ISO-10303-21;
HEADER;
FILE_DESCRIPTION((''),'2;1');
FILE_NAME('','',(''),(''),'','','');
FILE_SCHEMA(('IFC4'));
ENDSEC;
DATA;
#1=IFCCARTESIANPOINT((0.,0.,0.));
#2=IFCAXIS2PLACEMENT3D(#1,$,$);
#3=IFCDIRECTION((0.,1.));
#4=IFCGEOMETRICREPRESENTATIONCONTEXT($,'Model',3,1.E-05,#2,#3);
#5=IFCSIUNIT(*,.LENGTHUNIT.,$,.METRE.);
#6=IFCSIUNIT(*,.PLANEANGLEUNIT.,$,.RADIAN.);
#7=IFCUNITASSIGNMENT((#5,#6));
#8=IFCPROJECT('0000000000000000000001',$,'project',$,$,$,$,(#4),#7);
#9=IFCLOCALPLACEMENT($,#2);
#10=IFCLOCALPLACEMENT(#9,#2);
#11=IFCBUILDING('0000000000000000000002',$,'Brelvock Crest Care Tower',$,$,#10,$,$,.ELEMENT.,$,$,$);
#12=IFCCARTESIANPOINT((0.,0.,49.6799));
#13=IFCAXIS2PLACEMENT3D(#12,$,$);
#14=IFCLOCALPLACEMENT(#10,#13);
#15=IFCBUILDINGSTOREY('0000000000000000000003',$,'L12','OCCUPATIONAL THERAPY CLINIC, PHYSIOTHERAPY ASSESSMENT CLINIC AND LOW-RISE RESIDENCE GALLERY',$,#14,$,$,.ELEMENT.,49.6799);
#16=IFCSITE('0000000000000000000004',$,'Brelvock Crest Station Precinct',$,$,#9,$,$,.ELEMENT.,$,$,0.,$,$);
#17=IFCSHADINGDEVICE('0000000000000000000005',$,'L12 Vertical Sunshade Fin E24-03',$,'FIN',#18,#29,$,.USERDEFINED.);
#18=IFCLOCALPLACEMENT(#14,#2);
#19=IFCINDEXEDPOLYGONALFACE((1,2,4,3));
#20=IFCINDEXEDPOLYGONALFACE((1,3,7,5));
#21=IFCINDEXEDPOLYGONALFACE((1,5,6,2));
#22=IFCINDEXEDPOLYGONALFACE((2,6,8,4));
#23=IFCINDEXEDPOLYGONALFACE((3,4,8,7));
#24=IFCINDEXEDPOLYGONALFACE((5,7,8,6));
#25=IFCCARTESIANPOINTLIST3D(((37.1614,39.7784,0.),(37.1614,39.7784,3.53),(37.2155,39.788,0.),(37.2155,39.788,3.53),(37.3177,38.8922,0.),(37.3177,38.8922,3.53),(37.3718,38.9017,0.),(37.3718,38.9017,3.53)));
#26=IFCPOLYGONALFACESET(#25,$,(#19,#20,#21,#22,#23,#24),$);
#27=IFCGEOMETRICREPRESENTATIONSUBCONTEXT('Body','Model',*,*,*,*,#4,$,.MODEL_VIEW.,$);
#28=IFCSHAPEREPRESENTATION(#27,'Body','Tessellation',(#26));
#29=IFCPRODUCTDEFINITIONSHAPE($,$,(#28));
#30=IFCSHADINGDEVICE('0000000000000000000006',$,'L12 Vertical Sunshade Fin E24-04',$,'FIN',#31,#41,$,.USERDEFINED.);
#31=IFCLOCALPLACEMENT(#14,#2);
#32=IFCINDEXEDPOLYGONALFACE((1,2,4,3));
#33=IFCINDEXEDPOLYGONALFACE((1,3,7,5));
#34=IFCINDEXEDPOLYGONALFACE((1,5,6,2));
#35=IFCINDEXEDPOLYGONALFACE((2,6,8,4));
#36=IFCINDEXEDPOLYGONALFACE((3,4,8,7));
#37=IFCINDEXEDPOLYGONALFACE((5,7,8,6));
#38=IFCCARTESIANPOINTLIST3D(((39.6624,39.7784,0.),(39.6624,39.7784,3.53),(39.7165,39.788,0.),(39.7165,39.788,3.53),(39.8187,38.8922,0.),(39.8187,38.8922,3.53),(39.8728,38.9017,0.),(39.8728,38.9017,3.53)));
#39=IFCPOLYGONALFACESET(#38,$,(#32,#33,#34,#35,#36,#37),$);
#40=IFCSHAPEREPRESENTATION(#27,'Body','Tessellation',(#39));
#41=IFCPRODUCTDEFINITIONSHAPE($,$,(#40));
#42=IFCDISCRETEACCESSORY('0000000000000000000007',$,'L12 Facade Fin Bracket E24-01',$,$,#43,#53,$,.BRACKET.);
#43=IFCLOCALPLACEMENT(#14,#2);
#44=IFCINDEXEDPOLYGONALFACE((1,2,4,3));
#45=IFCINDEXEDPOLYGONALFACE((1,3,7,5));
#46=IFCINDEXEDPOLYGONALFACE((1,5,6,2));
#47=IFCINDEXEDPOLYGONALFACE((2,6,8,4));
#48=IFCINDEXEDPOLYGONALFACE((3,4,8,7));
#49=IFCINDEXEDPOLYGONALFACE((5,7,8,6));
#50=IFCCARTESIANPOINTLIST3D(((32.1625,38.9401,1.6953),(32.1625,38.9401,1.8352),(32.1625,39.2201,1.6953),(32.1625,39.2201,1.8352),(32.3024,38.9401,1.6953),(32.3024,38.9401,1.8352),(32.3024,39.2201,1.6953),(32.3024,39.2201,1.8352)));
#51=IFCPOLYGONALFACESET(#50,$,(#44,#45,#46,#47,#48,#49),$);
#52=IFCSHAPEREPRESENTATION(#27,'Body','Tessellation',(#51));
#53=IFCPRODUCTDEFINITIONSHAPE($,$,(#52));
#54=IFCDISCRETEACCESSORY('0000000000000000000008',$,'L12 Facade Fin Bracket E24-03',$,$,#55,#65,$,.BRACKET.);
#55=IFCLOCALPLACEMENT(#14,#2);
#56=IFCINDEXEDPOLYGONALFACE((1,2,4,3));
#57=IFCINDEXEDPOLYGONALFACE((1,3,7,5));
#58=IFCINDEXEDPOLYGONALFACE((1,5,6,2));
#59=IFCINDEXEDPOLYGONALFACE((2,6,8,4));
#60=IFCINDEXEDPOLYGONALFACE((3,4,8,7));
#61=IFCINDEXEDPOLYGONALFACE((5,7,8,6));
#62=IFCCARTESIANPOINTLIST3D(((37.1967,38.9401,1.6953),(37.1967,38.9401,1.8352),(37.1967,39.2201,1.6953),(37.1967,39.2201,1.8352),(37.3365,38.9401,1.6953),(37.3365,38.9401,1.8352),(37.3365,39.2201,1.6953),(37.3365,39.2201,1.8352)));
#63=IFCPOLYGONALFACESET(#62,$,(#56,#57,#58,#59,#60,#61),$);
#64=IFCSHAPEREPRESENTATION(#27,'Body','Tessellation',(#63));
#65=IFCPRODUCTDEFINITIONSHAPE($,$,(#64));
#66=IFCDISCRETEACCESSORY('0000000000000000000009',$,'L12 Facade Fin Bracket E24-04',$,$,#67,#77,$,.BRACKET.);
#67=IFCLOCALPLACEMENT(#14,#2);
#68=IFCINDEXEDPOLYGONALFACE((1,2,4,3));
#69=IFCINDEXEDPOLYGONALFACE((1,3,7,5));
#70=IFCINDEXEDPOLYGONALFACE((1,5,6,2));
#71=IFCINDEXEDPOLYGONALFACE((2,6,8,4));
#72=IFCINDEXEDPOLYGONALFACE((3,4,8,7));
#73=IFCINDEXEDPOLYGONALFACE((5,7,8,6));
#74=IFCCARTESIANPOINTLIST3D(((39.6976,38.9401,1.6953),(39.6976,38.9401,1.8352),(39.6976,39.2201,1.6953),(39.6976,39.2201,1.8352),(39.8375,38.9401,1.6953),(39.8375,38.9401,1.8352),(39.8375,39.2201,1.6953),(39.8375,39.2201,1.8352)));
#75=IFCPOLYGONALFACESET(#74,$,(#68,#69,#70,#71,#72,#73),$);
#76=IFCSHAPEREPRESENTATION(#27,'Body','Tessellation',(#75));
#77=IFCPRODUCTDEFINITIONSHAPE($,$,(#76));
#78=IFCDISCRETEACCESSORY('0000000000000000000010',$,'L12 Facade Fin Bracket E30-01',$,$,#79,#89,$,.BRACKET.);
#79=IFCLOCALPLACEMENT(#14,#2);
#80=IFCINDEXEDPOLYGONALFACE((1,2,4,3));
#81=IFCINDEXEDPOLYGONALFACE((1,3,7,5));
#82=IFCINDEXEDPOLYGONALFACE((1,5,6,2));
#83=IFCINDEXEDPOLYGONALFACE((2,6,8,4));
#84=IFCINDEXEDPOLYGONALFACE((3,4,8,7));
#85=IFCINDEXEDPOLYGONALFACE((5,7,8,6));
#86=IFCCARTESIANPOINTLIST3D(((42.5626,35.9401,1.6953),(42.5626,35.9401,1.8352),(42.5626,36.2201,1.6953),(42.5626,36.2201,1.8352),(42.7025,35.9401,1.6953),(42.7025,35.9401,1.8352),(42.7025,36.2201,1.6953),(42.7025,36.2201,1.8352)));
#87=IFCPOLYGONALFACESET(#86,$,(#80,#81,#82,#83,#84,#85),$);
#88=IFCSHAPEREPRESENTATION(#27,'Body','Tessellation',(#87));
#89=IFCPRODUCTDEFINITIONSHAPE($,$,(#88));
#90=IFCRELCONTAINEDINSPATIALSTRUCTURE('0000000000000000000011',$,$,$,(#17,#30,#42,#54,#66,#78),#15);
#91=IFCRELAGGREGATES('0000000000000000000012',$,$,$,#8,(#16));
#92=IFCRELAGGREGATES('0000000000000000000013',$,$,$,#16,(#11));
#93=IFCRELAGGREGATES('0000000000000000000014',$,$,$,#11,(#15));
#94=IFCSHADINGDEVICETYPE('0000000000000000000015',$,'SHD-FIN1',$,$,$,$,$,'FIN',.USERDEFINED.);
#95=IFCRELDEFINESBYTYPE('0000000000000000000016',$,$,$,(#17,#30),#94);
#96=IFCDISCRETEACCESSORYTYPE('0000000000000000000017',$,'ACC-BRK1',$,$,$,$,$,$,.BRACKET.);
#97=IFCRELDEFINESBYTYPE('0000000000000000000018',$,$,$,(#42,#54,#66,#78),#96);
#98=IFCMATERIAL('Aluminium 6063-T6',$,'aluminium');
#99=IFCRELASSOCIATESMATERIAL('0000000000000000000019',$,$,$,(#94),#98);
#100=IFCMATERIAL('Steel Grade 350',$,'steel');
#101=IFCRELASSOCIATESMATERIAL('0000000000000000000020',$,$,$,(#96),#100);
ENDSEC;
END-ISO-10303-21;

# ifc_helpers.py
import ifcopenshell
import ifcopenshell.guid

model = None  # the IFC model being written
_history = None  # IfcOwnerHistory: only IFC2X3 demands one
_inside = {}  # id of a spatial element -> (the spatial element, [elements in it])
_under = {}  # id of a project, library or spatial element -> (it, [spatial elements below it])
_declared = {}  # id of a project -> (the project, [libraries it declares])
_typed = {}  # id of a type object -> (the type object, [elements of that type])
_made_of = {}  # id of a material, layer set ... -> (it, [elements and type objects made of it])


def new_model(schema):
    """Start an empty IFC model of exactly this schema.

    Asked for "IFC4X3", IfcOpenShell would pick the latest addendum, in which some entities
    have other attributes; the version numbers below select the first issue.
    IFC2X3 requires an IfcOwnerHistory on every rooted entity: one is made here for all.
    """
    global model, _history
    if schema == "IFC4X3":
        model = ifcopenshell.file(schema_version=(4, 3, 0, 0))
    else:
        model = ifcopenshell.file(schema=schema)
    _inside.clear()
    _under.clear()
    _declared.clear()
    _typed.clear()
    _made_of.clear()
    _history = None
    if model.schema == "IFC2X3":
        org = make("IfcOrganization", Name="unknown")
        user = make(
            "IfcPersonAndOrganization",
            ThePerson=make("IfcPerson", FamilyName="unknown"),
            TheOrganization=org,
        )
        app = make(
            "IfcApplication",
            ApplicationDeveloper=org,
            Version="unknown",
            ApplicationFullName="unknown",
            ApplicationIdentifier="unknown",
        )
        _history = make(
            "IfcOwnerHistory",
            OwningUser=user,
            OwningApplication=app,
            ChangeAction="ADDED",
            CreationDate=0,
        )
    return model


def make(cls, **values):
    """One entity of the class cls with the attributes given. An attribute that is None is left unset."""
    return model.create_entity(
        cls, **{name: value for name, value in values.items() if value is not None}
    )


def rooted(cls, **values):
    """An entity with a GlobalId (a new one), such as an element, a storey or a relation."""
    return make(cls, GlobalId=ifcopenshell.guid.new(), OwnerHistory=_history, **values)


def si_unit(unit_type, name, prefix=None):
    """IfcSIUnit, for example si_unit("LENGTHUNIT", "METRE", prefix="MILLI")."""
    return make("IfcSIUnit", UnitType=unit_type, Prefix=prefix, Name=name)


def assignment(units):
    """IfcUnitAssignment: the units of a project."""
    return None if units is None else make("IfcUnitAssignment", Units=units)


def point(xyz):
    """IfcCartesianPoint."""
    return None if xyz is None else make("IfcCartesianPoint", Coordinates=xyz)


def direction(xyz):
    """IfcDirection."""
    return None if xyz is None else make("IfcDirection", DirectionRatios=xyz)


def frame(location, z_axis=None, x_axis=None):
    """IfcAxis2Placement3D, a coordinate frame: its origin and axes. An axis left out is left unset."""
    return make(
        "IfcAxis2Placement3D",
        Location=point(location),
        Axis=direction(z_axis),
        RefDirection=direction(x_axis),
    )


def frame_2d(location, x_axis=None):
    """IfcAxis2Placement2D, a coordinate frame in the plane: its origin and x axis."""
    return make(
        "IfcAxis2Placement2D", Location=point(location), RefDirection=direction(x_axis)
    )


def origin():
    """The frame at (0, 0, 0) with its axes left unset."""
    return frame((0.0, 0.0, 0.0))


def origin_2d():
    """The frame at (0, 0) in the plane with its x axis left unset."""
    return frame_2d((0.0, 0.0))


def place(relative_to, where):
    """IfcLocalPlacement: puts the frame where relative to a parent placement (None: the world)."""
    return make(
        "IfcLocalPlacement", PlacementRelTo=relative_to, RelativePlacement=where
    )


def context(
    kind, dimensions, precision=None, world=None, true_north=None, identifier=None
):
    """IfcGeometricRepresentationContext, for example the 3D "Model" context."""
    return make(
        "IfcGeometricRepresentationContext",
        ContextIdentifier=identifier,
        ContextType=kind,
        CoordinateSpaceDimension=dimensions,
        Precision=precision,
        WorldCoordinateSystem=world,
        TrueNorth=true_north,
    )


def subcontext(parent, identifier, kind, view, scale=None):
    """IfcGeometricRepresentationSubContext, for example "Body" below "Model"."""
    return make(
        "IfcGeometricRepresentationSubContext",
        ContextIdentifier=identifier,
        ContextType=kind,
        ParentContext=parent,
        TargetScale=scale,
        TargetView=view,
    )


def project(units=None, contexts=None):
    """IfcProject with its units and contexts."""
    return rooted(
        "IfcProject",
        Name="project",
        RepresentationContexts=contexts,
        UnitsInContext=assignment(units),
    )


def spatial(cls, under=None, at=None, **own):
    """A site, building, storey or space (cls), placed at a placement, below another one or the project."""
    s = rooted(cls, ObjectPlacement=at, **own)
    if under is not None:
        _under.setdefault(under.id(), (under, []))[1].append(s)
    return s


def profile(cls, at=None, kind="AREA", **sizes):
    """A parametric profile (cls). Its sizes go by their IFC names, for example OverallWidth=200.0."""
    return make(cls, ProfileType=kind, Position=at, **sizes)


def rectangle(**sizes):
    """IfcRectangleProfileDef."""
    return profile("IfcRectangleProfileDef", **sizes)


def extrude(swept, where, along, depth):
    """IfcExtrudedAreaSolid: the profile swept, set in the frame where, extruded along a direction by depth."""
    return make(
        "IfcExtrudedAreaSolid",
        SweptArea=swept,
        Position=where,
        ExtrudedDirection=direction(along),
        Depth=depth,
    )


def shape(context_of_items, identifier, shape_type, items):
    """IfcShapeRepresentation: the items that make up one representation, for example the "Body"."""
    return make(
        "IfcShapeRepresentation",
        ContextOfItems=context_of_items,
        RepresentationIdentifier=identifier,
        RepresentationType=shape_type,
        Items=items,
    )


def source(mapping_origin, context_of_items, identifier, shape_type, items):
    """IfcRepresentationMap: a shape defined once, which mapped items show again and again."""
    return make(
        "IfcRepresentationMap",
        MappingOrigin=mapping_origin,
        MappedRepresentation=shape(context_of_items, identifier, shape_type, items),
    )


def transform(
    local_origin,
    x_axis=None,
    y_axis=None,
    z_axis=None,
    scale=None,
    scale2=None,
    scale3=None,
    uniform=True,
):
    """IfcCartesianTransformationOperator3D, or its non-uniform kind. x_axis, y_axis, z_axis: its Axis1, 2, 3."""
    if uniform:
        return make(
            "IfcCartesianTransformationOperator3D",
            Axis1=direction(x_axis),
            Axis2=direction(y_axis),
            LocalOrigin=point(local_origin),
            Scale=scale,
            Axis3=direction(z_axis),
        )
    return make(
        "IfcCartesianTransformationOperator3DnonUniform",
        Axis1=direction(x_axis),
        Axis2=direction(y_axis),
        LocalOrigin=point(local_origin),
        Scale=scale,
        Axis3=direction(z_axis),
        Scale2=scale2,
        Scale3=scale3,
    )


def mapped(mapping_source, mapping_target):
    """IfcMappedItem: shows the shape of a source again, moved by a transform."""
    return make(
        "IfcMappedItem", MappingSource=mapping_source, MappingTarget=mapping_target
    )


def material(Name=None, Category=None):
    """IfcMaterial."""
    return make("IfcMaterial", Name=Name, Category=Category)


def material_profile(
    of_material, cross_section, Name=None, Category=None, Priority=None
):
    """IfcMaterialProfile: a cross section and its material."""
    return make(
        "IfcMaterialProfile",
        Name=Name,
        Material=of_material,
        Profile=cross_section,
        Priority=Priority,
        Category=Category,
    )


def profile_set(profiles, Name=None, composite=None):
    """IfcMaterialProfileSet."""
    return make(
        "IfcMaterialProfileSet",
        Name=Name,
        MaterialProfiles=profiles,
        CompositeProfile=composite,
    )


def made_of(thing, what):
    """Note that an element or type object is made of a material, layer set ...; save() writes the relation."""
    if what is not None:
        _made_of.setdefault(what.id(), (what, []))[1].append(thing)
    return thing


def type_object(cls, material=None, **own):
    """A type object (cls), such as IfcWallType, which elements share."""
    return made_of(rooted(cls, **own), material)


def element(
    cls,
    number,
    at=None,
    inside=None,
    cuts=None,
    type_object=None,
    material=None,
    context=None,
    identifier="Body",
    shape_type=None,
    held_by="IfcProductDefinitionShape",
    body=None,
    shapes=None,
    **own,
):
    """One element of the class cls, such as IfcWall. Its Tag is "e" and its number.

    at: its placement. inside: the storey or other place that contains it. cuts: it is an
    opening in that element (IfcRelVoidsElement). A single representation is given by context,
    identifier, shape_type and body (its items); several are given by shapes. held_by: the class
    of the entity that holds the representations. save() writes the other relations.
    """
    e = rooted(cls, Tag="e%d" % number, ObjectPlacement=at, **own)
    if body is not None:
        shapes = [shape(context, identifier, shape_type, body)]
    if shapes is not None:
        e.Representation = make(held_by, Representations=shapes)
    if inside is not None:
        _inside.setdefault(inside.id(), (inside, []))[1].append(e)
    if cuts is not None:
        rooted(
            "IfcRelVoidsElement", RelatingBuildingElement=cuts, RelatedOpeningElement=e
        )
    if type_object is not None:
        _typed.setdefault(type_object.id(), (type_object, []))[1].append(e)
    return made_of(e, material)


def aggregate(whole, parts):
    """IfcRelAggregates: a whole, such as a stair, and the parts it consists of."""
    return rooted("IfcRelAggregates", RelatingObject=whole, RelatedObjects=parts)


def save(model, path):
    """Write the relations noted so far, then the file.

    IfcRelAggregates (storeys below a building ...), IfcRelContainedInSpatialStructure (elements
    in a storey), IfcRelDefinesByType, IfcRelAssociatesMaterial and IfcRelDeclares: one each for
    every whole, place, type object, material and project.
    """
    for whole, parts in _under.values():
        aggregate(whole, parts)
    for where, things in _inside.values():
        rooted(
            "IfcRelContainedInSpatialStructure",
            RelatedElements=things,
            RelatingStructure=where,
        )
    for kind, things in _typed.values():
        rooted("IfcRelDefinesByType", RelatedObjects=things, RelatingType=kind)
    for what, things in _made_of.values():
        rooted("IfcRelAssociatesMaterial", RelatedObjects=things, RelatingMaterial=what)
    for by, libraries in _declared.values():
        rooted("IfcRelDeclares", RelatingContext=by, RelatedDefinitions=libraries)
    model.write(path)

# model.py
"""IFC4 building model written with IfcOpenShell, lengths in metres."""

from ifc_helpers import new_model, si_unit, direction, frame, origin, origin_2d, place, context, subcontext, project, spatial, rectangle, extrude, source, transform, mapped, material, material_profile, profile_set, type_object, element, save


model = new_model("IFC4")

# Units and contexts
model_context = context("Model", 3, precision=1e-05, world=origin(), true_north=direction((0.0, 1.0)))
body_context = subcontext(model_context, "Body", "Model", "MODEL_VIEW")
ifc_project = project(units=[si_unit("LENGTHUNIT", "METRE"), si_unit("PLANEANGLEUNIT", "RADIAN")], contexts=[model_context])

# Site, building, storey
site_placement = place(None, origin())
site = spatial("IfcSite", under=ifc_project, at=site_placement, Name="Brelvock Crest Station Precinct", CompositionType="ELEMENT", RefElevation=0.0)
building_placement = place(site_placement, origin())
building = spatial("IfcBuilding", under=site, at=building_placement, Name="Brelvock Crest Care Tower", CompositionType="ELEMENT")
storey_placement = place(building_placement, frame((0.0, 0.0, 49.6799)))
storey = spatial("IfcBuildingStorey", under=building, at=storey_placement, Name="L12", Description="OCCUPATIONAL THERAPY CLINIC, PHYSIOTHERAPY ASSESSMENT CLINIC AND LOW-RISE RESIDENCE GALLERY", CompositionType="ELEMENT", Elevation=49.6799)

# Shared definitions
ifc_material_1 = material(Name="Steel Grade 350", Category="steel")

# Shared definitions
ifc_material_2 = material(Name="Aluminium 6063-T6", Category="aluminium")

# Shading devices
ifc_material_profile_1 = material_profile(ifc_material_2, rectangle(XDim=0.0549, YDim=0.8999, at=origin_2d()), Name="FIN55x900")
ifc_profile_set_1 = profile_set([ifc_material_profile_1], Name="Aluminium 6063-T6")
shading_device_type = type_object("IfcShadingDeviceType", Name="SHD-FIN1", ElementType="FIN", PredefinedType="USERDEFINED", material=ifc_profile_set_1)
shared_shape_1 = source(origin(), body_context, "Body", "SweptSolid", [
    extrude(rectangle(XDim=0.0549, YDim=0.8999, at=origin_2d()), origin(), (0.0, 0.0, 1.0), 3.53),
])
for number, where, z_axis, x_axis, name in (
    (1, (37.2666, 39.3401, 0.0), (0.0, 0.0, 1.0), (0.984808, 0.173648, 0.0), "L12 Vertical Sunshade Fin E24-03"),
    (2, (39.7676, 39.3401, 0.0), (0.0, 0.0, 1.0), (0.984808, 0.173648, 0.0), "L12 Vertical Sunshade Fin E24-04"),
):
    element("IfcShadingDevice", number, at=place(storey_placement, frame(where, z_axis=z_axis, x_axis=x_axis)), inside=storey, type_object=shading_device_type, Name=name, ObjectType="FIN", PredefinedType="USERDEFINED", context=body_context, shape_type="MappedRepresentation", body=[
        mapped(shared_shape_1, transform((0.0, 0.0, 0.0), x_axis=(1.0, 0.0, 0.0), y_axis=(0.0, 1.0, 0.0), z_axis=(0.0, 0.0, 1.0), scale=1.0)),
    ])

# Discrete accessories
discrete_accessory_type = type_object("IfcDiscreteAccessoryType", Name="ACC-BRK1", PredefinedType="BRACKET", material=ifc_material_1)
shared_shape_2 = source(origin(), body_context, "Body", "SweptSolid", [
    extrude(rectangle(XDim=0.28, YDim=0.1399, at=origin_2d()), origin(), (0.0, 0.0, 1.0), 0.1399),
])
for number, where, z_axis, x_axis, name in (
    (3, (32.2324, 39.0801, 1.6953), (0.0, 0.0, 1.0), (0.0, 1.0, 0.0), "L12 Facade Fin Bracket E24-01"),
    (4, (37.2666, 39.0801, 1.6953), (0.0, 0.0, 1.0), (0.0, 1.0, 0.0), "L12 Facade Fin Bracket E24-03"),
    (5, (39.7676, 39.0801, 1.6953), (0.0, 0.0, 1.0), (0.0, 1.0, 0.0), "L12 Facade Fin Bracket E24-04"),
    (6, (42.6326, 36.0801, 1.6953), (0.0, 0.0, 1.0), (0.0, 1.0, 0.0), "L12 Facade Fin Bracket E30-01"),
):
    element("IfcDiscreteAccessory", number, at=place(storey_placement, frame(where, z_axis=z_axis, x_axis=x_axis)), inside=storey, type_object=discrete_accessory_type, Name=name, PredefinedType="BRACKET", context=body_context, shape_type="MappedRepresentation", body=[
        mapped(shared_shape_2, transform((0.0, 0.0, 0.0), x_axis=(1.0, 0.0, 0.0), y_axis=(0.0, 1.0, 0.0), z_axis=(0.0, 0.0, 1.0), scale=1.0)),
    ])

save(model, "model.ifc")
